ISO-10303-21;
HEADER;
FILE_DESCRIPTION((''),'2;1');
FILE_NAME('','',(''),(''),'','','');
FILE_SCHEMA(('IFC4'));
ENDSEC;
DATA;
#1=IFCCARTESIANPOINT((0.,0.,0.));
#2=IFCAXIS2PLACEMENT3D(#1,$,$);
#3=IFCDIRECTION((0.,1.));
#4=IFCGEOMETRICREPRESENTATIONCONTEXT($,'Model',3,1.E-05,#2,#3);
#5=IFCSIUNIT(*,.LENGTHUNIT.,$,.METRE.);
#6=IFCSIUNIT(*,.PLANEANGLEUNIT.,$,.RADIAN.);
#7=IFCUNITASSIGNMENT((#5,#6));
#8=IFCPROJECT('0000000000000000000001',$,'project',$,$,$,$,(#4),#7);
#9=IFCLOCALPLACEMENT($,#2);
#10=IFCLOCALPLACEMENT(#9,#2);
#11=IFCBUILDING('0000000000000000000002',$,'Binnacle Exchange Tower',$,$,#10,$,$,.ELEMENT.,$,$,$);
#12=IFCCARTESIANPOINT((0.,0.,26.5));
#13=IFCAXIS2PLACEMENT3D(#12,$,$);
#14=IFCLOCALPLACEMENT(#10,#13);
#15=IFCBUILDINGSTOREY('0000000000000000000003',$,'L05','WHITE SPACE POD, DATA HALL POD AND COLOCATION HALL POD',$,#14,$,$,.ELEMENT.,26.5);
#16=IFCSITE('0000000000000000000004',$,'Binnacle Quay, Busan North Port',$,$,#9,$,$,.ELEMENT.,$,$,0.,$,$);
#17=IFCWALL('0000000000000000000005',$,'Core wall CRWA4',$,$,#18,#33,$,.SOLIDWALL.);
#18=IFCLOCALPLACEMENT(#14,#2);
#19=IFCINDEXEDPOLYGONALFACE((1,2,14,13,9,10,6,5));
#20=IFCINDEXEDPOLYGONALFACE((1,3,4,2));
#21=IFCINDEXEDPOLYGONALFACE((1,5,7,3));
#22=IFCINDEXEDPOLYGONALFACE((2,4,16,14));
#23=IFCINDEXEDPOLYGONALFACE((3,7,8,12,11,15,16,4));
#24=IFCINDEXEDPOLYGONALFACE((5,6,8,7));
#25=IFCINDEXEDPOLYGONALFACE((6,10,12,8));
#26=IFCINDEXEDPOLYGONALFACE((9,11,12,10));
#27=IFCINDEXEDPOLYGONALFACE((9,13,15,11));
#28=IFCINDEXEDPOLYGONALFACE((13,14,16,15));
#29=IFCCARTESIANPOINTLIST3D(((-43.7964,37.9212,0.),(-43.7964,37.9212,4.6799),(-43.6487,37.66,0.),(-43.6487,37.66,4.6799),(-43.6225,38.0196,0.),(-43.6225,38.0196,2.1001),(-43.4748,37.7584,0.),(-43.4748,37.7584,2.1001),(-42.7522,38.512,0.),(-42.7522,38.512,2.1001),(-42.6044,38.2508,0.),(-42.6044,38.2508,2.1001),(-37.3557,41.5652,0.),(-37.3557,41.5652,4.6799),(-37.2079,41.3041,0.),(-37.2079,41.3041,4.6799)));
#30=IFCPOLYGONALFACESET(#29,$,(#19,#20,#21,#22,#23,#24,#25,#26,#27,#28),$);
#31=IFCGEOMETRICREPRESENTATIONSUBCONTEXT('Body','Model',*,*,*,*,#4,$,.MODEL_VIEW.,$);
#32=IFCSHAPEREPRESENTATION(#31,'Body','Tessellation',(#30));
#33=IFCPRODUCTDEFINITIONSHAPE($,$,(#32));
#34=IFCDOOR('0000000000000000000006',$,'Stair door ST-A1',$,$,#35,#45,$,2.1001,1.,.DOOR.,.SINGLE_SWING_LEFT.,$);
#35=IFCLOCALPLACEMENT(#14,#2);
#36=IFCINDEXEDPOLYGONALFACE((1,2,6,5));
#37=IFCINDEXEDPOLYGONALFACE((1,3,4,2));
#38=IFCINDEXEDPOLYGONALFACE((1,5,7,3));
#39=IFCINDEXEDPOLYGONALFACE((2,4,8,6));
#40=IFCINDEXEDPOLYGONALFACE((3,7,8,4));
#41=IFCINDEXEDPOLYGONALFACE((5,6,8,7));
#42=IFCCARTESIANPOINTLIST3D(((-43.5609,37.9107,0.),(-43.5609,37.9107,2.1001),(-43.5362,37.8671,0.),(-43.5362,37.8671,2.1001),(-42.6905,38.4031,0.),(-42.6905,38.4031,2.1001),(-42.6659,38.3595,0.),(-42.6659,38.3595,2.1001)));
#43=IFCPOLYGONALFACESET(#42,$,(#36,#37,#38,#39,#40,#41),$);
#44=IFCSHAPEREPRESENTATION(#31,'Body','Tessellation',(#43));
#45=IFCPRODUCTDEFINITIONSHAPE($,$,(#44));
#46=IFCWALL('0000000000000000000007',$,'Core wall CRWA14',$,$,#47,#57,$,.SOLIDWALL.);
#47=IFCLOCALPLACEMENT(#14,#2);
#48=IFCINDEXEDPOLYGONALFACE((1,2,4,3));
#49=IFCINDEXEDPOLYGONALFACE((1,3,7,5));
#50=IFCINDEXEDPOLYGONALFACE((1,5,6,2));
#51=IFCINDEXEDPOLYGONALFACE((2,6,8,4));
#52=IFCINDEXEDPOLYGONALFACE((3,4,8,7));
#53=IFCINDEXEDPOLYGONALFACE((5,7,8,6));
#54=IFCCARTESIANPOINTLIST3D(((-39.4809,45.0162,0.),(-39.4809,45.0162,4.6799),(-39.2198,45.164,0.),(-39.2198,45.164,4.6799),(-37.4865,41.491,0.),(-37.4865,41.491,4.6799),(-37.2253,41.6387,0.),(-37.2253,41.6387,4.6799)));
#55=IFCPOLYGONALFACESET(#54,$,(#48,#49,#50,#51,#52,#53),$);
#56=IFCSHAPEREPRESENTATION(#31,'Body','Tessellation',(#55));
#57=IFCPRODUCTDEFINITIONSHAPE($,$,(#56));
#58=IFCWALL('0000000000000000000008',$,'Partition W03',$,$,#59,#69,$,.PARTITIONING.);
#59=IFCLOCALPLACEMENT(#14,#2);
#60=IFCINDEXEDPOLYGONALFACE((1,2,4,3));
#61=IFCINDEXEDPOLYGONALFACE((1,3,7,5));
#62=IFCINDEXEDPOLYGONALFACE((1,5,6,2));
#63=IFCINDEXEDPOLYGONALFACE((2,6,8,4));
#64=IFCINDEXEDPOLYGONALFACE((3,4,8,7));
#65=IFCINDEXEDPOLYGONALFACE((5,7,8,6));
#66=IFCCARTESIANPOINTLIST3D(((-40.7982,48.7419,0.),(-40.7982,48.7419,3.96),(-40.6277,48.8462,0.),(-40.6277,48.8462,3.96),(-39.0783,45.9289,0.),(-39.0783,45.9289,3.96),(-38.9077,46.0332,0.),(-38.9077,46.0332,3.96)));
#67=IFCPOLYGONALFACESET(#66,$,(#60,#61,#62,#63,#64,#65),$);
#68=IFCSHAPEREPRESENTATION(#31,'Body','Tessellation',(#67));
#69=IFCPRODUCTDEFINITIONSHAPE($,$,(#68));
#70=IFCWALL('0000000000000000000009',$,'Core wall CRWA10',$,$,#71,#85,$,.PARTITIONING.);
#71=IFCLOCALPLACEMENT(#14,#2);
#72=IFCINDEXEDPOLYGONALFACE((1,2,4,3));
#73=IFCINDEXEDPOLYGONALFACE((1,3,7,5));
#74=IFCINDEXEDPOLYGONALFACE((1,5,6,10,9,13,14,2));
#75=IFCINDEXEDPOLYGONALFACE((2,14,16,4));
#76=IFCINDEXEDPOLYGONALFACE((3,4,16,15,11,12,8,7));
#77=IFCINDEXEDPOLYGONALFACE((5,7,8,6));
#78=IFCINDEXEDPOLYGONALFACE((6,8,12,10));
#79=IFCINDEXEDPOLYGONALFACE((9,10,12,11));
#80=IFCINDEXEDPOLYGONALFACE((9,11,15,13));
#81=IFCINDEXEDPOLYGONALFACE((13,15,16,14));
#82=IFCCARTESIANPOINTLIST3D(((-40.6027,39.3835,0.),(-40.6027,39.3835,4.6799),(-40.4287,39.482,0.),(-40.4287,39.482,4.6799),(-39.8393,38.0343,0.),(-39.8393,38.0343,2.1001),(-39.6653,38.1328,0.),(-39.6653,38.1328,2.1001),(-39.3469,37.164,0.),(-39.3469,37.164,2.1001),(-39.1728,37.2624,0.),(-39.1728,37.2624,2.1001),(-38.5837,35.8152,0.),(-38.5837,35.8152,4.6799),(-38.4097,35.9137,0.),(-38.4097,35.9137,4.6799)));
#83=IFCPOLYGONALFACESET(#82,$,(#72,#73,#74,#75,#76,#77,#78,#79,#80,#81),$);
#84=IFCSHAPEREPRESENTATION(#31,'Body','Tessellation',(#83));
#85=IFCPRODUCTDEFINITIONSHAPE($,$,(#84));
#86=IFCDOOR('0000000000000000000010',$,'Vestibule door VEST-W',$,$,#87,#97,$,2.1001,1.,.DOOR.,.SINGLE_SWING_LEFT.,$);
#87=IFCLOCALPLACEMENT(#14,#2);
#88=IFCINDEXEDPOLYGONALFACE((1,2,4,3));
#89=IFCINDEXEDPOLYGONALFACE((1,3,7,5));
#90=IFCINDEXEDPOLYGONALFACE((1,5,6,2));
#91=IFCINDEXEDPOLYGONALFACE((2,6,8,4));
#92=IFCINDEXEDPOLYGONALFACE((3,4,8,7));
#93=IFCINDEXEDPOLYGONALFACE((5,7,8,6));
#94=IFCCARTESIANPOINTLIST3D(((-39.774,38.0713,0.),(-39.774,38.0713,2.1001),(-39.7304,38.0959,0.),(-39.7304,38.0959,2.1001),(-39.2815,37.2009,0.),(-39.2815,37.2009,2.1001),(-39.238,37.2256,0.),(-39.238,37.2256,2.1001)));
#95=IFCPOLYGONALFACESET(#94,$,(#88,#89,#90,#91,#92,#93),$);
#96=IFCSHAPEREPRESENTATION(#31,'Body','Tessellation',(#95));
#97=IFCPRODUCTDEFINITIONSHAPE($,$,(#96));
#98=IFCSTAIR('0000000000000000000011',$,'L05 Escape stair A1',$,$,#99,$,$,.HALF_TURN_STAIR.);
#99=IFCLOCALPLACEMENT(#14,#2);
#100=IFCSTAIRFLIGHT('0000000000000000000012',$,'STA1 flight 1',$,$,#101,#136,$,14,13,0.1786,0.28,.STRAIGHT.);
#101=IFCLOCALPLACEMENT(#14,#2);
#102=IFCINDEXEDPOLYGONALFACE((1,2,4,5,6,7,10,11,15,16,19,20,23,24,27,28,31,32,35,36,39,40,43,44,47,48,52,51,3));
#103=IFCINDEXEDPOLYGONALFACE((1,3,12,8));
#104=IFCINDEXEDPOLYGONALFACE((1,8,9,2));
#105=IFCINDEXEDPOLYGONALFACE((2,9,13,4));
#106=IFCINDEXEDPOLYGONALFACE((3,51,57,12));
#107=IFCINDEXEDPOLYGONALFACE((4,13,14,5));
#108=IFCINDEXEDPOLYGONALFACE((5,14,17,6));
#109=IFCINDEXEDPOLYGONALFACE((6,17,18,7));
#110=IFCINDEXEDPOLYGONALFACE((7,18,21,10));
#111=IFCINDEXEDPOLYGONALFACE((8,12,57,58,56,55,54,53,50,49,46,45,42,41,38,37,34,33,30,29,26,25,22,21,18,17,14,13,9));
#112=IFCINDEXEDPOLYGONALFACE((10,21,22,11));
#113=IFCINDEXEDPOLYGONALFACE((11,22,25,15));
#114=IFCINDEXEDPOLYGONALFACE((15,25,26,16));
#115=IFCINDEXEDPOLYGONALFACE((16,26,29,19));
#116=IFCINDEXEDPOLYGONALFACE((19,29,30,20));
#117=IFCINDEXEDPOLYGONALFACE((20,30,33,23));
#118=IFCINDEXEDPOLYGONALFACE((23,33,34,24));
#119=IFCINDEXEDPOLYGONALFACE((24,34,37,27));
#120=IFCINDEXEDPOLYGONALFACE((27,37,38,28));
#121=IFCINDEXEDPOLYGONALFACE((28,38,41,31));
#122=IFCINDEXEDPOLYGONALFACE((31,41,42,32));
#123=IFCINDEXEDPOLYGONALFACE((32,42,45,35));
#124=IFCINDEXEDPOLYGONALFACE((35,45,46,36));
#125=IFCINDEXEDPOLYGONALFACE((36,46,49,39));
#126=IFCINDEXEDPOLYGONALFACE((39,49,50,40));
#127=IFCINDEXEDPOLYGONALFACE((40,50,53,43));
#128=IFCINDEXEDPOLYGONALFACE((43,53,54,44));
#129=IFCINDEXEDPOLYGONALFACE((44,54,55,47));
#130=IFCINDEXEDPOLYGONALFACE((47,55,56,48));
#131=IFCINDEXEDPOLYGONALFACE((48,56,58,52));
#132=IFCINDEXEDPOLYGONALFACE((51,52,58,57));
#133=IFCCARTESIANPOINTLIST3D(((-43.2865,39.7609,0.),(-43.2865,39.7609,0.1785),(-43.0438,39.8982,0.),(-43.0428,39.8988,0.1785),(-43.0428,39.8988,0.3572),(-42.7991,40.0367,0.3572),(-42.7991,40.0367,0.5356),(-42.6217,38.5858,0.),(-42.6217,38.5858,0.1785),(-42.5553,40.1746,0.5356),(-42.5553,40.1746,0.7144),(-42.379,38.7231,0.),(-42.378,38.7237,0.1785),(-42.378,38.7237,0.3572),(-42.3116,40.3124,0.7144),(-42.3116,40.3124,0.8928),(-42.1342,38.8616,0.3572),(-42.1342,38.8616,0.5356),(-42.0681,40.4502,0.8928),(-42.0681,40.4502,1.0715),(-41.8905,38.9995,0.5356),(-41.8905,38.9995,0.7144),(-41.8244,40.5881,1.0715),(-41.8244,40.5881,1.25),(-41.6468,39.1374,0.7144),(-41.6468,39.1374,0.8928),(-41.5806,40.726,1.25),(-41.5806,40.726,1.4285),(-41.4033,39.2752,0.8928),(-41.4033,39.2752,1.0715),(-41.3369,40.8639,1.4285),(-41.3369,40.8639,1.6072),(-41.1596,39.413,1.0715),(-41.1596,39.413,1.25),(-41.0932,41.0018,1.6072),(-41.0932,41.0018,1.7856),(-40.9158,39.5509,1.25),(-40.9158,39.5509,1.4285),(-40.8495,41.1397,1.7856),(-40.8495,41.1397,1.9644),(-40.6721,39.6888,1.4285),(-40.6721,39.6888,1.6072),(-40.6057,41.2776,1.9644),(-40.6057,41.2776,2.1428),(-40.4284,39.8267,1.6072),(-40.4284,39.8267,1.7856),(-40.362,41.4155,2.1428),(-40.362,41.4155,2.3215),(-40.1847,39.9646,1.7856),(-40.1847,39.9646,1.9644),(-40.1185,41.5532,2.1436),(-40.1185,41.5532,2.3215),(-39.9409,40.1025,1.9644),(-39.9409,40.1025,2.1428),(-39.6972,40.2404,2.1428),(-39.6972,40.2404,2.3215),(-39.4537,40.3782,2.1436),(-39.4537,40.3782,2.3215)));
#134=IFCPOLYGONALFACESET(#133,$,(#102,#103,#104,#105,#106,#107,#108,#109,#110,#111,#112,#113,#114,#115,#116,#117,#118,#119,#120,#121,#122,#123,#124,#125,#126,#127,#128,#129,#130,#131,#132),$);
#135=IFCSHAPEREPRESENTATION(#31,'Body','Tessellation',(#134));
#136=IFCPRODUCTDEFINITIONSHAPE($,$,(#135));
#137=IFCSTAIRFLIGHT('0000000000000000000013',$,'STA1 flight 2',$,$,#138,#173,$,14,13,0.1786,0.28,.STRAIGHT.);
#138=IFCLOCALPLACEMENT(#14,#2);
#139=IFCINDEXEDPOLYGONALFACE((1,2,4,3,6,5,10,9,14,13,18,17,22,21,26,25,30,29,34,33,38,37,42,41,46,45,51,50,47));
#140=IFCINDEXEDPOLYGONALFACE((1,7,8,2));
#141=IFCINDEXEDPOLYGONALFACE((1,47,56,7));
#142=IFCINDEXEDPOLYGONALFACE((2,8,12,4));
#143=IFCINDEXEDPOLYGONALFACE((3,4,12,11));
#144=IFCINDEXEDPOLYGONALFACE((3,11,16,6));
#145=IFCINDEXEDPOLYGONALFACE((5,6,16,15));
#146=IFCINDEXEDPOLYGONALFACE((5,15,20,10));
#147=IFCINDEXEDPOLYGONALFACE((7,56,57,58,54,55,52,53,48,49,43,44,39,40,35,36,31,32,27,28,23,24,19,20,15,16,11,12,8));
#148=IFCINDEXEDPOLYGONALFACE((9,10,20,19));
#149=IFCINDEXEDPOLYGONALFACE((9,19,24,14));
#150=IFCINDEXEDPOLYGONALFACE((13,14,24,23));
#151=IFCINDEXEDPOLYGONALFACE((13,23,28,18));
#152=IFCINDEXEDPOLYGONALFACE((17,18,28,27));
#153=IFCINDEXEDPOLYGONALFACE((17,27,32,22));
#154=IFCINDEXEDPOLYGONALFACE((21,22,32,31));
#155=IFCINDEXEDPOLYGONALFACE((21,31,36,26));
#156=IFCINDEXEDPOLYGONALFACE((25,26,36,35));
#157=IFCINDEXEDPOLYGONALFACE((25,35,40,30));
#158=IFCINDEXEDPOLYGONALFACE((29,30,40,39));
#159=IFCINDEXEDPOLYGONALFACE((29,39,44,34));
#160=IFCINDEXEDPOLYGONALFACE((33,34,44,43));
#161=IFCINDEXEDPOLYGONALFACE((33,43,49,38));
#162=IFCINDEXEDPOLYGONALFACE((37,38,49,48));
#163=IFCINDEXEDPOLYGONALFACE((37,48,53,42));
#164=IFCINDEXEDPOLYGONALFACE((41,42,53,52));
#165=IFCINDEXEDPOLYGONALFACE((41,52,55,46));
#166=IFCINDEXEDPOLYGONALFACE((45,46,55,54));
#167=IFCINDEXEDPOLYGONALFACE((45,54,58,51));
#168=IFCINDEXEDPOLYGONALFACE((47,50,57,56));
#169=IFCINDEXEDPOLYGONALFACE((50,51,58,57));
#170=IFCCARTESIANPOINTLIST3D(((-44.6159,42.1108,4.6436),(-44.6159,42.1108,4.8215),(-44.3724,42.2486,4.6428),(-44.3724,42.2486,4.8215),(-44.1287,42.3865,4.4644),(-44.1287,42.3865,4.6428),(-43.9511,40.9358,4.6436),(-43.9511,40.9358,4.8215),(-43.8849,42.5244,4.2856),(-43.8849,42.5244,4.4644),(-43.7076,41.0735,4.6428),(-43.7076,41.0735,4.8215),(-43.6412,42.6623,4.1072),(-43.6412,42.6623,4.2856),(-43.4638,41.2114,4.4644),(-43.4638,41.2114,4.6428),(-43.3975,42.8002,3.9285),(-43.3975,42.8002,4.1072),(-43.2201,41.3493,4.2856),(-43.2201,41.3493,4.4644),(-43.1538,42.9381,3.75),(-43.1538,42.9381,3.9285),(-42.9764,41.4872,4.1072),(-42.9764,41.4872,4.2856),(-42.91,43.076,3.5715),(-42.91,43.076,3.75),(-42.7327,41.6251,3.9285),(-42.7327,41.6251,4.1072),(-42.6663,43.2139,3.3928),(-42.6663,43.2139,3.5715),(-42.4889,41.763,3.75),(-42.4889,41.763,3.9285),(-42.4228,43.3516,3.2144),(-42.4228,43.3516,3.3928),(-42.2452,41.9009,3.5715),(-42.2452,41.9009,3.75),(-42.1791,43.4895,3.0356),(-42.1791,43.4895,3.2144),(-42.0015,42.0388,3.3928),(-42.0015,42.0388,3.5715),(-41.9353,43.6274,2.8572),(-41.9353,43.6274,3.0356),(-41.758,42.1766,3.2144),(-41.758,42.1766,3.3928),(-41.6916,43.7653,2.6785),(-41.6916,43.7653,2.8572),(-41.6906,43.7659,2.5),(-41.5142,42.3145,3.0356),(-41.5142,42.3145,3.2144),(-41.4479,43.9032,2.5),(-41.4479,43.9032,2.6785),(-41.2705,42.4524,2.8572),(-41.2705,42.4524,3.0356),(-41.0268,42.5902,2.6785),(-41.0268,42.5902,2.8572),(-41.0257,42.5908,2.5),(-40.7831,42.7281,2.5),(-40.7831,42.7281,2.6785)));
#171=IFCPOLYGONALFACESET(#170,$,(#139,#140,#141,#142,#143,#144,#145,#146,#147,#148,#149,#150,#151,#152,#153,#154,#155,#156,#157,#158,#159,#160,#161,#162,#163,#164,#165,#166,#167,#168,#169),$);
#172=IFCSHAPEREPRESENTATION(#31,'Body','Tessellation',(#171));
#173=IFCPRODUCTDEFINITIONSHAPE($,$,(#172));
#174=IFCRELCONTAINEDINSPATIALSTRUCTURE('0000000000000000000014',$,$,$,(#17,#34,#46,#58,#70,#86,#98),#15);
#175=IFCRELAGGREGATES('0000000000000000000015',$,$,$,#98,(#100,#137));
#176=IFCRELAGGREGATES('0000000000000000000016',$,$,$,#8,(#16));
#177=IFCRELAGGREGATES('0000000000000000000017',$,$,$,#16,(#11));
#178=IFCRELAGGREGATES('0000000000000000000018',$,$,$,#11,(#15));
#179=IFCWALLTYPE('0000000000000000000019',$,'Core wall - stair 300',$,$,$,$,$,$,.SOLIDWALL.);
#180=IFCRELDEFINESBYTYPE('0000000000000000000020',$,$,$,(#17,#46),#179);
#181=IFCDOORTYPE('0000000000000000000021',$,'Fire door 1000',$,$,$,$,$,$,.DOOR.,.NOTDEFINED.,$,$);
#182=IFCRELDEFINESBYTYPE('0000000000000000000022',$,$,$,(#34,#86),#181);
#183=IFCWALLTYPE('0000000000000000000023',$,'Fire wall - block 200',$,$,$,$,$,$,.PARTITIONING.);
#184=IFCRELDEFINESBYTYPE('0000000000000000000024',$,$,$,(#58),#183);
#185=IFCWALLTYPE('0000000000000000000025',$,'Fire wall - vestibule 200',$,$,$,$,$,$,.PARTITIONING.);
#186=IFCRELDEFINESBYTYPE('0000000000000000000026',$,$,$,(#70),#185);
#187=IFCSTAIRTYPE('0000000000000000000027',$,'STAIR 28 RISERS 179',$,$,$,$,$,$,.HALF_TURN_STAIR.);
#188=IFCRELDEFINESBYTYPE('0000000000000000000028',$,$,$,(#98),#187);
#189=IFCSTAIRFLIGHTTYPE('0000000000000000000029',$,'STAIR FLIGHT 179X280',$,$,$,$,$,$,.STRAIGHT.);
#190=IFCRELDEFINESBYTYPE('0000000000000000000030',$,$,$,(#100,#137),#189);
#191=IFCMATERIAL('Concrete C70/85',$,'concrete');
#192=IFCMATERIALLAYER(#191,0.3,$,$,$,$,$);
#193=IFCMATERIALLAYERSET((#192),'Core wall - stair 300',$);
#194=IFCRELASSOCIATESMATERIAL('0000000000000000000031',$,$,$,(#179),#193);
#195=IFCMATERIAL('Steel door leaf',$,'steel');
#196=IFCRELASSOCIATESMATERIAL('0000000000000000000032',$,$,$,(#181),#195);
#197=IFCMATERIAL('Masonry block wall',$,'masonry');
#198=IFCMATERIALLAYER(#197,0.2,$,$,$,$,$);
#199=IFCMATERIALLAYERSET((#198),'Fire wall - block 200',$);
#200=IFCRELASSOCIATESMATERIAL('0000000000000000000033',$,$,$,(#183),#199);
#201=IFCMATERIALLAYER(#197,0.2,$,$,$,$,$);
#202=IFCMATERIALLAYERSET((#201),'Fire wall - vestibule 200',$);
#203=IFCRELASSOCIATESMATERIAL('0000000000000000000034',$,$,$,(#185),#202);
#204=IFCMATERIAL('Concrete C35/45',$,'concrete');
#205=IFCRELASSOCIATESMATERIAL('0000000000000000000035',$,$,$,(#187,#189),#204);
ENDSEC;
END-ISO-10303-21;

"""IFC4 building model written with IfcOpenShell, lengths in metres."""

from ifc_helpers import new_model, si_unit, direction, frame, frame_2d, origin, place, context, subcontext, project, spatial, polyline, rectangle, outline, extrude, material, layer, layer_set, type_object, element, fill, aggregate, save


model = new_model("IFC4")

# Units and contexts
model_context = context("Model", 3, precision=1e-05, world=origin(), true_north=direction((0.0, 1.0)))
body_context = subcontext(model_context, "Body", "Model", "MODEL_VIEW")
ifc_project = project(units=[si_unit("LENGTHUNIT", "METRE"), si_unit("PLANEANGLEUNIT", "RADIAN")], contexts=[model_context])

# Site, building, storey
site_placement = place(None, origin())
site = spatial("IfcSite", under=ifc_project, at=site_placement, Name="Binnacle Quay, Busan North Port", CompositionType="ELEMENT", RefElevation=0.0)
building_placement = place(site_placement, origin())
building = spatial("IfcBuilding", under=site, at=building_placement, Name="Binnacle Exchange Tower", CompositionType="ELEMENT")
storey_placement = place(building_placement, frame((0.0, 0.0, 26.5)))
storey = spatial("IfcBuildingStorey", under=building, at=storey_placement, Name="L05", Description="WHITE SPACE POD, DATA HALL POD AND COLOCATION HALL POD", CompositionType="ELEMENT", Elevation=26.5)

# Shared definitions
ifc_material_1 = material(Name="Concrete C70/85", Category="concrete")

# Wall, opening, door
ifc_layer_1 = layer(ifc_material_1, 0.3)
ifc_layer_set_1 = layer_set([ifc_layer_1], Name="Core wall - stair 300")
wall_type_1 = type_object("IfcWallType", Name="Core wall - stair 300", PredefinedType="SOLIDWALL", material=ifc_layer_set_1)
wall_1_placement = place(storey_placement, frame((-43.7227, 37.7905, 0.0), z_axis=(0.0, 0.0, 1.0), x_axis=(0.870351, 0.492432, 0.0)))
wall_1 = element("IfcWall", 1, at=wall_1_placement, inside=storey, type_object=wall_type_1, Name="Core wall CRWA4", PredefinedType="SOLIDWALL", context=body_context, shape_type="SweptSolid", body=[
    extrude(rectangle(XDim=7.4001, YDim=0.3, at=frame_2d((3.7002, 0.0))), origin(), (0.0, 0.0, 1.0), 4.6799),
])
opening_1_placement = place(wall_1_placement, frame((0.2, 0.0, 0.0)))
opening_1 = element("IfcOpeningElement", 2, at=opening_1_placement, cuts=wall_1, PredefinedType="OPENING", context=body_context, shape_type="SweptSolid", body=[
    extrude(rectangle(XDim=1.0, YDim=2.1001, at=frame_2d((0.5, 1.05))), frame((0.0, 0.1599, 0.0), z_axis=(0.0, -1.0, 0.0), x_axis=(1.0, 0.0, 0.0)), (0.0, 0.0, 1.0), 0.3201),
])
ifc_material_2 = material(Name="Steel door leaf", Category="steel")
door_type = type_object("IfcDoorType", Name="Fire door 1000", OperationType="NOTDEFINED", PredefinedType="DOOR", material=ifc_material_2)
door_1_placement = place(opening_1_placement, origin())
door_1 = element("IfcDoor", 3, at=door_1_placement, inside=storey, type_object=door_type, Name="Stair door ST-A1", OperationType="SINGLE_SWING_LEFT", OverallHeight=2.1001, OverallWidth=1.0, PredefinedType="DOOR", context=body_context, shape_type="SweptSolid", body=[
    extrude(rectangle(XDim=1.0, YDim=2.1001, at=frame_2d((0.5, 1.05))), frame((0.0, 0.0249, 0.0), z_axis=(0.0, -1.0, 0.0), x_axis=(1.0, 0.0, 0.0)), (0.0, 0.0, 1.0), 0.05),
])
fill(opening_1, door_1)

# Walls
wall_2_placement = place(storey_placement, frame((-39.3503, 45.0901, 0.0), z_axis=(0.0, 0.0, 1.0), x_axis=(0.492415, -0.870361, 0.0)))
element("IfcWall", 4, at=wall_2_placement, inside=storey, type_object=wall_type_1, Name="Core wall CRWA14", PredefinedType="SOLIDWALL", context=body_context, shape_type="SweptSolid", body=[
    extrude(rectangle(XDim=4.0503, YDim=0.3, at=frame_2d((2.0251, 0.0))), origin(), (0.0, 0.0, 1.0), 4.6799),
])
ifc_material_3 = material(Name="Masonry block wall", Category="masonry")
ifc_layer_2 = layer(ifc_material_3, 0.2)
ifc_layer_set_2 = layer_set([ifc_layer_2], Name="Fire wall - block 200")
wall_type_2 = type_object("IfcWallType", Name="Fire wall - block 200", PredefinedType="PARTITIONING", material=ifc_layer_set_2)
wall_3_placement = place(storey_placement, frame((-40.7129, 48.7939, 0.0), z_axis=(0.0, 0.0, 1.0), x_axis=(0.521654, -0.853157, 0.0)))
element("IfcWall", 5, at=wall_3_placement, inside=storey, type_object=wall_type_2, Name="Partition W03", PredefinedType="PARTITIONING", context=body_context, shape_type="SweptSolid", body=[
    extrude(rectangle(XDim=3.2971, YDim=0.2, at=frame_2d((1.6484, 0.0))), origin(), (0.0, 0.0, 1.0), 3.96),
])

# Wall, opening, door
ifc_layer_3 = layer(ifc_material_3, 0.2)
ifc_layer_set_3 = layer_set([ifc_layer_3], Name="Fire wall - vestibule 200")
wall_type_3 = type_object("IfcWallType", Name="Fire wall - vestibule 200", PredefinedType="PARTITIONING", material=ifc_layer_set_3)
wall_4_placement = place(storey_placement, frame((-40.5156, 39.4326, 0.0), z_axis=(0.0, 0.0, 1.0), x_axis=(0.492454, -0.870339, 0.0)))
wall_4 = element("IfcWall", 6, at=wall_4_placement, inside=storey, type_object=wall_type_3, Name="Core wall CRWA10", PredefinedType="PARTITIONING", context=body_context, shape_type="SweptSolid", body=[
    extrude(rectangle(XDim=4.0999, YDim=0.2, at=frame_2d((2.0498, 0.0))), origin(), (0.0, 0.0, 1.0), 4.6799),
])
opening_2_placement = place(wall_4_placement, frame((1.55, 0.0, 0.0)))
opening_2 = element("IfcOpeningElement", 7, at=opening_2_placement, cuts=wall_4, PredefinedType="OPENING", context=body_context, shape_type="SweptSolid", body=[
    extrude(rectangle(XDim=1.0, YDim=2.1001, at=frame_2d((0.5, 1.05))), frame((0.0, 0.1099, 0.0), z_axis=(0.0, -1.0, 0.0), x_axis=(1.0, 0.0, 0.0)), (0.0, 0.0, 1.0), 0.22),
])
door_2_placement = place(opening_2_placement, frame((1.0, 0.0, 0.0), z_axis=(0.0, 0.0, 1.0), x_axis=(-1.0, 0.0, 0.0)))
door_2 = element("IfcDoor", 8, at=door_2_placement, inside=storey, type_object=door_type, Name="Vestibule door VEST-W", OperationType="SINGLE_SWING_LEFT", OverallHeight=2.1001, OverallWidth=1.0, PredefinedType="DOOR", context=body_context, shape_type="SweptSolid", body=[
    extrude(rectangle(XDim=1.0, YDim=2.1001, at=frame_2d((0.5, 1.05))), frame((0.0, 0.0249, 0.0), z_axis=(0.0, -1.0, 0.0), x_axis=(1.0, 0.0, 0.0)), (0.0, 0.0, 1.0), 0.05),
])
fill(opening_2, door_2)

# Stair, stair flights
ifc_material_4 = material(Name="Concrete C35/45", Category="concrete")
stair_type = type_object("IfcStairType", Name="STAIR 28 RISERS 179", PredefinedType="HALF_TURN_STAIR", material=ifc_material_4)
stair_placement = place(storey_placement, origin())
stair = element("IfcStair", 9, at=stair_placement, inside=storey, type_object=stair_type, Name="L05 Escape stair A1", PredefinedType="HALF_TURN_STAIR")
stair_flight_type = type_object("IfcStairFlightType", Name="STAIR FLIGHT 179X280", PredefinedType="STRAIGHT", material=ifc_material_4)
stair_flight_1_placement = place(storey_placement, frame((-42.9541, 39.1733, 0.0), z_axis=(0.0, 0.0, 1.0), x_axis=(0.870356, 0.492424, 0.0)))
stair_flight_1 = element("IfcStairFlight", 10, at=stair_flight_1_placement, type_object=stair_flight_type, Name="STA1 flight 1", NumberOfRisers=14, NumberOfTreads=13, PredefinedType="STRAIGHT", RiserHeight=0.1786, TreadLength=0.28, context=body_context, shape_type="SweptSolid", body=[
    extrude(outline(polyline([(0.0, 0.0), (0.0, 0.1785), (0.28, 0.1785), (0.28, 0.3572), (0.5601, 0.3572), (0.5601, 0.5356), (0.8401, 0.5356), (0.8401, 0.7144), (1.1201, 0.7144), (1.1201, 0.8928), (1.3999, 0.8928), (1.3999, 1.0715), (1.6799, 1.0715), (1.6799, 1.25), (1.96, 1.25), (1.96, 1.4285), (2.24, 1.4285), (2.24, 1.6072), (2.52, 1.6072), (2.52, 1.7856), (2.8, 1.7856), (2.8, 1.9644), (3.0801, 1.9644), (3.0801, 2.1428), (3.3601, 2.1428), (3.3601, 2.3215), (3.6399, 2.3215), (3.6399, 2.5), (3.6399, 2.1436), (0.2788, 0.0), (0.0, 0.0)])), frame((0.0, 0.675, 0.0), z_axis=(0.0, -1.0, 0.0), x_axis=(1.0, 0.0, 0.0)), (0.0, 0.0, 1.0), 1.3501),
])
stair_flight_2_placement = place(storey_placement, frame((-41.1155, 43.3157, 2.5), z_axis=(0.0, 0.0, 1.0), x_axis=(-0.870356, -0.492424, 0.0)))
stair_flight_2 = element("IfcStairFlight", 11, at=stair_flight_2_placement, type_object=stair_flight_type, Name="STA1 flight 2", NumberOfRisers=14, NumberOfTreads=13, PredefinedType="STRAIGHT", RiserHeight=0.1786, TreadLength=0.28, context=body_context, shape_type="SweptSolid", body=[
    extrude(outline(polyline([(0.0, 0.0), (0.0, 0.1785), (0.28, 0.1785), (0.28, 0.3572), (0.5601, 0.3572), (0.5601, 0.5356), (0.8401, 0.5356), (0.8401, 0.7144), (1.1201, 0.7144), (1.1201, 0.8928), (1.3999, 0.8928), (1.3999, 1.0715), (1.6799, 1.0715), (1.6799, 1.25), (1.96, 1.25), (1.96, 1.4285), (2.24, 1.4285), (2.24, 1.6072), (2.52, 1.6072), (2.52, 1.7856), (2.8, 1.7856), (2.8, 1.9644), (3.0801, 1.9644), (3.0801, 2.1428), (3.3601, 2.1428), (3.3601, 2.3215), (3.6399, 2.3215), (3.6399, 2.5), (3.6399, 2.1436), (0.2788, 0.0), (0.0, 0.0)])), frame((0.0, 0.675, 0.0), z_axis=(0.0, -1.0, 0.0), x_axis=(1.0, 0.0, 0.0)), (0.0, 0.0, 1.0), 1.3501),
])
aggregate(stair, [stair_flight_1, stair_flight_2])

save(model, "model.ifc")
